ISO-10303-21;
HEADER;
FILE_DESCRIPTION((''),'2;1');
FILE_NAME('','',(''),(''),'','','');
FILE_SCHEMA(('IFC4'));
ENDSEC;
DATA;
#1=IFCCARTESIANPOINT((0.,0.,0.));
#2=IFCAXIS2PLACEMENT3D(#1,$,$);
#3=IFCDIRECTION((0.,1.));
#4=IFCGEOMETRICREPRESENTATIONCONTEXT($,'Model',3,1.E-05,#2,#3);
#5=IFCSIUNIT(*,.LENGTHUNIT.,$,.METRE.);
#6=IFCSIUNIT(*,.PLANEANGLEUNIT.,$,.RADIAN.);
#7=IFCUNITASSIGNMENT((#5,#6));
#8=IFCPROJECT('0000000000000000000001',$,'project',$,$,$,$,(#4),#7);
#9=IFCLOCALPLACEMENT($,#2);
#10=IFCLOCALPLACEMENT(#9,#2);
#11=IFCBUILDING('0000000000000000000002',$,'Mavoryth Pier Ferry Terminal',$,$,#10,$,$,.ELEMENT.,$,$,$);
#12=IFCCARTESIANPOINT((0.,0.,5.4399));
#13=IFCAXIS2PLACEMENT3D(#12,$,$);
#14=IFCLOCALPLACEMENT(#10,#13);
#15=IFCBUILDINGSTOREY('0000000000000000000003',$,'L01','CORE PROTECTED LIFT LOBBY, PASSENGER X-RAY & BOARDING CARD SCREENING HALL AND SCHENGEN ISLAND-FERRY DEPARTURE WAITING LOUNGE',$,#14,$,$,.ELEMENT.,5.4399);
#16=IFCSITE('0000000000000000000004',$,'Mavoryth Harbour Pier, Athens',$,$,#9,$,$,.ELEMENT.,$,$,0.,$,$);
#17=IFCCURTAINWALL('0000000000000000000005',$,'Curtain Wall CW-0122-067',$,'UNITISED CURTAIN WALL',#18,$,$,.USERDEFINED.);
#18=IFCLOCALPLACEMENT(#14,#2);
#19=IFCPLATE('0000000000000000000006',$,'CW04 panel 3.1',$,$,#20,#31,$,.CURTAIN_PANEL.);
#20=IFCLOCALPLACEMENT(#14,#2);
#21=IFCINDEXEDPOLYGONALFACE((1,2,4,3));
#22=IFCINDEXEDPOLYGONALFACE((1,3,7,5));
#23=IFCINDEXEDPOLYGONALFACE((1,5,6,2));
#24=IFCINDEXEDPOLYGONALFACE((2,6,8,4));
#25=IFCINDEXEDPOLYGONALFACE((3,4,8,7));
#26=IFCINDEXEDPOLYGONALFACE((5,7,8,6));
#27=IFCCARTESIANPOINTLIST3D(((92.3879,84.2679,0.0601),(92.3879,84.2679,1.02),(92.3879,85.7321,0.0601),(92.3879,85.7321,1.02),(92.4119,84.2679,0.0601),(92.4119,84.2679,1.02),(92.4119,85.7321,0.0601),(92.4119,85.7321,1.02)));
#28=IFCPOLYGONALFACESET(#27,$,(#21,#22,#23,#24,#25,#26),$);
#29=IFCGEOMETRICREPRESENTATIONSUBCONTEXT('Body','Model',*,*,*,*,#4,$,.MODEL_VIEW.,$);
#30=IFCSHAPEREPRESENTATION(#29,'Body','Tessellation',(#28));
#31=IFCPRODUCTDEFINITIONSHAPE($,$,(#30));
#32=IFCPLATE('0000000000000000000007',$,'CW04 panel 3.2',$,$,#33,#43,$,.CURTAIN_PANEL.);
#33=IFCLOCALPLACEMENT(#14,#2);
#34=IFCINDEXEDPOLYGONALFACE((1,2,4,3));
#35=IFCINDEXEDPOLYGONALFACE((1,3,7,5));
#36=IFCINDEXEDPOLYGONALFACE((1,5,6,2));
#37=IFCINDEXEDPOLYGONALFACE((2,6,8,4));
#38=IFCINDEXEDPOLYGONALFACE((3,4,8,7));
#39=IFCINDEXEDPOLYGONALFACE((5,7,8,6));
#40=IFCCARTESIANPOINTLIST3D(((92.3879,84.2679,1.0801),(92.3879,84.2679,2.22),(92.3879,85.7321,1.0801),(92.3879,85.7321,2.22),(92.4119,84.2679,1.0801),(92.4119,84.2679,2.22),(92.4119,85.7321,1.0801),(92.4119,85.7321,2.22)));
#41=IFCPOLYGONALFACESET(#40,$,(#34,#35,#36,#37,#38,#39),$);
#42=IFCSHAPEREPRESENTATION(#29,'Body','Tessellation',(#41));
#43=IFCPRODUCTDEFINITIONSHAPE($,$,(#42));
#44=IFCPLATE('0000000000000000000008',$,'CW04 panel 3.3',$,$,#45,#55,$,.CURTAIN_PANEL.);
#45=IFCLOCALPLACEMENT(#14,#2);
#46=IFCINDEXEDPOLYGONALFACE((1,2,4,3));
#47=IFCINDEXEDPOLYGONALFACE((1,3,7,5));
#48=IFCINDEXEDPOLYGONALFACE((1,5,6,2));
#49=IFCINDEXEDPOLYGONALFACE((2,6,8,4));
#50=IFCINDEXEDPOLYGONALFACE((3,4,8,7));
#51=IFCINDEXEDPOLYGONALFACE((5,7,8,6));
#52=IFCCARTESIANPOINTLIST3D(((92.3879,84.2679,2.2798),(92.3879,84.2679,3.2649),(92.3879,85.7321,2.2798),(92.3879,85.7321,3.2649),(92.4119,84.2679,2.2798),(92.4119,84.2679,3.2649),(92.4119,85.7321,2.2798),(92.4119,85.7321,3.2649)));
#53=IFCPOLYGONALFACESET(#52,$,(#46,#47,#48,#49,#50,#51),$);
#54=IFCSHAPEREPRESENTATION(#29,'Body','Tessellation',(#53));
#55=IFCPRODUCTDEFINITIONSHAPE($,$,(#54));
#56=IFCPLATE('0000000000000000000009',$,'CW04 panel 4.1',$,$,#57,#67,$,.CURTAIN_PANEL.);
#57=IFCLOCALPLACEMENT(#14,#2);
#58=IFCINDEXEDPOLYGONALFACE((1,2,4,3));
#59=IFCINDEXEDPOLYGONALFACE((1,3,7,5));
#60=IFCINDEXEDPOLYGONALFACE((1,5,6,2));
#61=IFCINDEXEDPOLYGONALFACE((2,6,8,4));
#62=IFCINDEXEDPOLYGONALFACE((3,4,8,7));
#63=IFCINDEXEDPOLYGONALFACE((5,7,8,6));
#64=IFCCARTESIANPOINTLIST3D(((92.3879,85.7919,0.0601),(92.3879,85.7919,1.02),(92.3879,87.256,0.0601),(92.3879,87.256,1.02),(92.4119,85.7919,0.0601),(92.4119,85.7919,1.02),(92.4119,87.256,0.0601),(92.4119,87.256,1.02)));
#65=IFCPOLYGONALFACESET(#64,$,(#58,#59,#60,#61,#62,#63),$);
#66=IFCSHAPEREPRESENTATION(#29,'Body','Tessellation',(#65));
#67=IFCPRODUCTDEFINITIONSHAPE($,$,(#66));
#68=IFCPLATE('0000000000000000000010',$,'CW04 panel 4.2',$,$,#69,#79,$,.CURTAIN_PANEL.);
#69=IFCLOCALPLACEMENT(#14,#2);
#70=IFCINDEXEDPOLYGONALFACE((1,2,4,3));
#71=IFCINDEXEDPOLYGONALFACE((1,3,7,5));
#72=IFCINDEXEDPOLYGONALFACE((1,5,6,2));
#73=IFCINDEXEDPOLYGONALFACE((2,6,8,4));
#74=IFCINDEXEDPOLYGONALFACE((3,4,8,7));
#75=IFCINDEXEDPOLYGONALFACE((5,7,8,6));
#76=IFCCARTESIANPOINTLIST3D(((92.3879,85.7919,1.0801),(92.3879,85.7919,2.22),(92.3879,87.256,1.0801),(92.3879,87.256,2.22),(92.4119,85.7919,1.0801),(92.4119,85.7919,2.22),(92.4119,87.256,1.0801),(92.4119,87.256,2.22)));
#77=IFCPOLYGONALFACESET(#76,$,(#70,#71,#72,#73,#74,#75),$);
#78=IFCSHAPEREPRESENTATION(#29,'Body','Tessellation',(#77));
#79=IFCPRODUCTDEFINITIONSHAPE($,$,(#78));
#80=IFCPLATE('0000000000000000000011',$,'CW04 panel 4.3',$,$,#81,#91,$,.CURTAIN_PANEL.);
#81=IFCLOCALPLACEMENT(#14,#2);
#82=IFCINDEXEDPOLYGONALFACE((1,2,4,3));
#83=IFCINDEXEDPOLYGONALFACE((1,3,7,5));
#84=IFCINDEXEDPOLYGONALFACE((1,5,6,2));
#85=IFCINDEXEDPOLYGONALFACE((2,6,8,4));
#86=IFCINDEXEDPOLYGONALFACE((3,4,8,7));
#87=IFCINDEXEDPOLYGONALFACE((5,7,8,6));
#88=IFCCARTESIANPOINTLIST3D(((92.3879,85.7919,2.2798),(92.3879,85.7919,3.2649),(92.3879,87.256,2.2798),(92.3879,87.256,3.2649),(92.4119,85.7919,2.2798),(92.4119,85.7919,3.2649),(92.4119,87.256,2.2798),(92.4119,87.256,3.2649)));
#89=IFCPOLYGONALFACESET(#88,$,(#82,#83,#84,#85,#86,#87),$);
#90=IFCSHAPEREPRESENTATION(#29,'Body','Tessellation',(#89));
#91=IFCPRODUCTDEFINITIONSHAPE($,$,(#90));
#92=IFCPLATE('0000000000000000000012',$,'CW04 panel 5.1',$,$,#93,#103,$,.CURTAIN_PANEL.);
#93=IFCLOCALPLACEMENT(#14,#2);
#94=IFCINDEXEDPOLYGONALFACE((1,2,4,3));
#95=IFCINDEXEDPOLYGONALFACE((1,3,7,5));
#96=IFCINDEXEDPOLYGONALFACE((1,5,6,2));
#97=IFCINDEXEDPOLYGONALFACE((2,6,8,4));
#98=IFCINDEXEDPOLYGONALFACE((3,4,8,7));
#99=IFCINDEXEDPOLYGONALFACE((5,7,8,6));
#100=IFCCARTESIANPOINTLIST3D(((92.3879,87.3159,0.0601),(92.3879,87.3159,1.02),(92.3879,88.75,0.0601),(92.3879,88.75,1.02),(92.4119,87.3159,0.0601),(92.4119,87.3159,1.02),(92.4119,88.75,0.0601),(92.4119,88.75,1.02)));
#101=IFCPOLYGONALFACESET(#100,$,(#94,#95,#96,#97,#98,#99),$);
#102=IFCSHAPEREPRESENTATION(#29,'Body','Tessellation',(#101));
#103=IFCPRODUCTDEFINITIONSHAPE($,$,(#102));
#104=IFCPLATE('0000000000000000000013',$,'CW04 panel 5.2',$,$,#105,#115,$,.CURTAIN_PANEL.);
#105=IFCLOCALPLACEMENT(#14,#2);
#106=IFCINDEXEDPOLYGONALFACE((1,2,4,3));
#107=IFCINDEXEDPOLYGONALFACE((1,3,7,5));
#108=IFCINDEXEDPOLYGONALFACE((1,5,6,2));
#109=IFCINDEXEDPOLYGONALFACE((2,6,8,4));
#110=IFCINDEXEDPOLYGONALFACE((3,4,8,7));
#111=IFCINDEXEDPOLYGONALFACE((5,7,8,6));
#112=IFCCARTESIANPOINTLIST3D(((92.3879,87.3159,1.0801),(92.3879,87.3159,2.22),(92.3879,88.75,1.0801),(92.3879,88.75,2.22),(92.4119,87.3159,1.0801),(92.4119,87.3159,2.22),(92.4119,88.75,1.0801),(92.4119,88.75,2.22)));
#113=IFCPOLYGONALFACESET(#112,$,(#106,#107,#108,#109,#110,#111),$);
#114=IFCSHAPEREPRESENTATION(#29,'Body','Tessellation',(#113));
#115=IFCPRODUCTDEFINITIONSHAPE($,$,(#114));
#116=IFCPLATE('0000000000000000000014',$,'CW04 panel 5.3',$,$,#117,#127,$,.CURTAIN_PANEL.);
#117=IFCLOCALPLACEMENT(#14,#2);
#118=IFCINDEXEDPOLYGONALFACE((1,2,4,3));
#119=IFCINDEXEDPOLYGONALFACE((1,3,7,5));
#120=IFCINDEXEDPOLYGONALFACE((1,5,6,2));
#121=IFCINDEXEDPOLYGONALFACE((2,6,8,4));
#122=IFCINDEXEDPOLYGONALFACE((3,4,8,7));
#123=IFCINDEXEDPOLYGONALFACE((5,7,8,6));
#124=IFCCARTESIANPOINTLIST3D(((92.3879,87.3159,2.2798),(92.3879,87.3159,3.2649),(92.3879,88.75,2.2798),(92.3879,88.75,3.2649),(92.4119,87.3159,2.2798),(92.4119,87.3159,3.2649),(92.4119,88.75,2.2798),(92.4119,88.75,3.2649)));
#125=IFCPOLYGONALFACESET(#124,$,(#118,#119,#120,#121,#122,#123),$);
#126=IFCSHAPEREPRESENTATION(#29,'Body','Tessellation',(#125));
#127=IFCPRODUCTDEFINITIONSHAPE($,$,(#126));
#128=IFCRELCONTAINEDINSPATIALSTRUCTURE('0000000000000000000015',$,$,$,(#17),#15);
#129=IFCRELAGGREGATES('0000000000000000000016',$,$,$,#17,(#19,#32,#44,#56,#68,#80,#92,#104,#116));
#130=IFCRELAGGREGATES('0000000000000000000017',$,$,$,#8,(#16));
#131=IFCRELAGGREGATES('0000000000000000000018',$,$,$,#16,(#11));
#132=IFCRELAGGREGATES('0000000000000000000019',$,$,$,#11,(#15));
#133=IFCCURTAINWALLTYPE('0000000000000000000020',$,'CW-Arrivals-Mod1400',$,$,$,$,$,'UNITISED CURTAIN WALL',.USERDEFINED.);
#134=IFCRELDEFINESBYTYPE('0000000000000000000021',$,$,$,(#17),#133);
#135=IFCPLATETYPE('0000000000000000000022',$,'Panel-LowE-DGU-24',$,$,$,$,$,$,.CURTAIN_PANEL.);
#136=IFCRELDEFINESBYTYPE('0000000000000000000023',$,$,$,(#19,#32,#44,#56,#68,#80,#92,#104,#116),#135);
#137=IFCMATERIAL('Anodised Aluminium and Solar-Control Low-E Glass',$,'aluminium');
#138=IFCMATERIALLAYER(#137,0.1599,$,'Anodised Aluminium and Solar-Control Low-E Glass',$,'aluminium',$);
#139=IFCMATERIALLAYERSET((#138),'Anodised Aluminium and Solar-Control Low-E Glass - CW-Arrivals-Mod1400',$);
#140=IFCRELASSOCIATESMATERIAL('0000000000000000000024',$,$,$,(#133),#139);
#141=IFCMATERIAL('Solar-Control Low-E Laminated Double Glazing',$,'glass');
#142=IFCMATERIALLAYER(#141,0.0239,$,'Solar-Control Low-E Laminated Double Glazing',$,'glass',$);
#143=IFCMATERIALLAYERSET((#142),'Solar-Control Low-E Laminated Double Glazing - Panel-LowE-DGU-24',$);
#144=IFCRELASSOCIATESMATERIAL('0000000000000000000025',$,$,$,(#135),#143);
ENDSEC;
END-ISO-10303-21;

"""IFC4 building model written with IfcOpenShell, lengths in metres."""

from ifc_helpers import new_model, si_unit, direction, frame, origin, origin_2d, place, context, subcontext, project, spatial, rectangle, extrude, material, layer, layer_set, type_object, element, aggregate, save


model = new_model("IFC4")

# Units and contexts
model_context = context("Model", 3, precision=1e-05, world=origin(), true_north=direction((0.0, 1.0)))
body_context = subcontext(model_context, "Body", "Model", "MODEL_VIEW")
ifc_project = project(units=[si_unit("LENGTHUNIT", "METRE"), si_unit("PLANEANGLEUNIT", "RADIAN")], contexts=[model_context])

# Site, building, storey
site_placement = place(None, origin())
site = spatial("IfcSite", under=ifc_project, at=site_placement, Name="Mavoryth Harbour Pier, Athens", CompositionType="ELEMENT", RefElevation=0.0)
building_placement = place(site_placement, origin())
building = spatial("IfcBuilding", under=site, at=building_placement, Name="Mavoryth Pier Ferry Terminal", CompositionType="ELEMENT")
storey_placement = place(building_placement, frame((0.0, 0.0, 5.4399)))
storey = spatial("IfcBuildingStorey", under=building, at=storey_placement, Name="L01", Description="CORE PROTECTED LIFT LOBBY, PASSENGER X-RAY & BOARDING CARD SCREENING HALL AND SCHENGEN ISLAND-FERRY DEPARTURE WAITING LOUNGE", CompositionType="ELEMENT", Elevation=5.4399)

# Curtain wall
ifc_material_1 = material(Name="Anodised Aluminium and Solar-Control Low-E Glass", Category="aluminium")
ifc_layer_1 = layer(ifc_material_1, 0.1599, Name="Anodised Aluminium and Solar-Control Low-E Glass", Category="aluminium")
ifc_layer_set_1 = layer_set([ifc_layer_1], Name="Anodised Aluminium and Solar-Control Low-E Glass - CW-Arrivals-Mod1400")
curtain_wall_type = type_object("IfcCurtainWallType", Name="CW-Arrivals-Mod1400", ElementType="UNITISED CURTAIN WALL", PredefinedType="USERDEFINED", material=ifc_layer_set_1)
curtain_wall_1_placement = place(storey_placement, origin())
curtain_wall_1 = element("IfcCurtainWall", 1, at=curtain_wall_1_placement, inside=storey, type_object=curtain_wall_type, Name="Curtain Wall CW-0122-067", ObjectType="UNITISED CURTAIN WALL", PredefinedType="USERDEFINED")

# Plates
ifc_material_2 = material(Name="Solar-Control Low-E Laminated Double Glazing", Category="glass")
ifc_layer_2 = layer(ifc_material_2, 0.0239, Name="Solar-Control Low-E Laminated Double Glazing", Category="glass")
ifc_layer_set_2 = layer_set([ifc_layer_2], Name="Solar-Control Low-E Laminated Double Glazing - Panel-LowE-DGU-24")
plate_type = type_object("IfcPlateType", Name="Panel-LowE-DGU-24", PredefinedType="CURTAIN_PANEL", material=ifc_layer_set_2)
plate_1_placement = place(storey_placement, frame((92.3999, 85.0, 0.0601), z_axis=(0.0, 0.0, 1.0), x_axis=(0.0, 1.0, 0.0)))
plate_1 = element("IfcPlate", 2, at=plate_1_placement, type_object=plate_type, Name="CW04 panel 3.1", PredefinedType="CURTAIN_PANEL", context=body_context, shape_type="SweptSolid", body=[
    extrude(rectangle(XDim=1.4641, YDim=0.0239, at=origin_2d()), origin(), (0.0, 0.0, 1.0), 0.96),
])
plate_2_placement = place(storey_placement, frame((92.3999, 85.0, 1.0801), z_axis=(0.0, 0.0, 1.0), x_axis=(0.0, 1.0, 0.0)))
plate_2 = element("IfcPlate", 3, at=plate_2_placement, type_object=plate_type, Name="CW04 panel 3.2", PredefinedType="CURTAIN_PANEL", context=body_context, shape_type="SweptSolid", body=[
    extrude(rectangle(XDim=1.4641, YDim=0.0239, at=origin_2d()), origin(), (0.0, 0.0, 1.0), 1.1399),
])
plate_3_placement = place(storey_placement, frame((92.3999, 85.0, 2.2798), z_axis=(0.0, 0.0, 1.0), x_axis=(0.0, 1.0, 0.0)))
plate_3 = element("IfcPlate", 4, at=plate_3_placement, type_object=plate_type, Name="CW04 panel 3.3", PredefinedType="CURTAIN_PANEL", context=body_context, shape_type="SweptSolid", body=[
    extrude(rectangle(XDim=1.4641, YDim=0.0239, at=origin_2d()), origin(), (0.0, 0.0, 1.0), 0.9851),
])
plate_4_placement = place(storey_placement, frame((92.3999, 86.5239, 0.0601), z_axis=(0.0, 0.0, 1.0), x_axis=(0.0, 1.0, 0.0)))
plate_4 = element("IfcPlate", 5, at=plate_4_placement, type_object=plate_type, Name="CW04 panel 4.1", PredefinedType="CURTAIN_PANEL", context=body_context, shape_type="SweptSolid", body=[
    extrude(rectangle(XDim=1.4641, YDim=0.0239, at=origin_2d()), origin(), (0.0, 0.0, 1.0), 0.96),
])
plate_5_placement = place(storey_placement, frame((92.3999, 86.5239, 1.0801), z_axis=(0.0, 0.0, 1.0), x_axis=(0.0, 1.0, 0.0)))
plate_5 = element("IfcPlate", 6, at=plate_5_placement, type_object=plate_type, Name="CW04 panel 4.2", PredefinedType="CURTAIN_PANEL", context=body_context, shape_type="SweptSolid", body=[
    extrude(rectangle(XDim=1.4641, YDim=0.0239, at=origin_2d()), origin(), (0.0, 0.0, 1.0), 1.1399),
])
plate_6_placement = place(storey_placement, frame((92.3999, 86.5239, 2.2798), z_axis=(0.0, 0.0, 1.0), x_axis=(0.0, 1.0, 0.0)))
plate_6 = element("IfcPlate", 7, at=plate_6_placement, type_object=plate_type, Name="CW04 panel 4.3", PredefinedType="CURTAIN_PANEL", context=body_context, shape_type="SweptSolid", body=[
    extrude(rectangle(XDim=1.4641, YDim=0.0239, at=origin_2d()), origin(), (0.0, 0.0, 1.0), 0.9851),
])
plate_7_placement = place(storey_placement, frame((92.3999, 88.033, 0.0601), z_axis=(0.0, 0.0, 1.0), x_axis=(0.0, 1.0, 0.0)))
plate_7 = element("IfcPlate", 8, at=plate_7_placement, type_object=plate_type, Name="CW04 panel 5.1", PredefinedType="CURTAIN_PANEL", context=body_context, shape_type="SweptSolid", body=[
    extrude(rectangle(XDim=1.4341, YDim=0.0239, at=origin_2d()), origin(), (0.0, 0.0, 1.0), 0.96),
])
plate_8_placement = place(storey_placement, frame((92.3999, 88.033, 1.0801), z_axis=(0.0, 0.0, 1.0), x_axis=(0.0, 1.0, 0.0)))
plate_8 = element("IfcPlate", 9, at=plate_8_placement, type_object=plate_type, Name="CW04 panel 5.2", PredefinedType="CURTAIN_PANEL", context=body_context, shape_type="SweptSolid", body=[
    extrude(rectangle(XDim=1.4341, YDim=0.0239, at=origin_2d()), origin(), (0.0, 0.0, 1.0), 1.1399),
])
plate_9_placement = place(storey_placement, frame((92.3999, 88.033, 2.2798), z_axis=(0.0, 0.0, 1.0), x_axis=(0.0, 1.0, 0.0)))
plate_9 = element("IfcPlate", 10, at=plate_9_placement, type_object=plate_type, Name="CW04 panel 5.3", PredefinedType="CURTAIN_PANEL", context=body_context, shape_type="SweptSolid", body=[
    extrude(rectangle(XDim=1.4341, YDim=0.0239, at=origin_2d()), origin(), (0.0, 0.0, 1.0), 0.9851),
])
aggregate(curtain_wall_1, [plate_1, plate_2, plate_3, plate_4, plate_5, plate_6, plate_7, plate_8, plate_9])

save(model, "model.ifc")
